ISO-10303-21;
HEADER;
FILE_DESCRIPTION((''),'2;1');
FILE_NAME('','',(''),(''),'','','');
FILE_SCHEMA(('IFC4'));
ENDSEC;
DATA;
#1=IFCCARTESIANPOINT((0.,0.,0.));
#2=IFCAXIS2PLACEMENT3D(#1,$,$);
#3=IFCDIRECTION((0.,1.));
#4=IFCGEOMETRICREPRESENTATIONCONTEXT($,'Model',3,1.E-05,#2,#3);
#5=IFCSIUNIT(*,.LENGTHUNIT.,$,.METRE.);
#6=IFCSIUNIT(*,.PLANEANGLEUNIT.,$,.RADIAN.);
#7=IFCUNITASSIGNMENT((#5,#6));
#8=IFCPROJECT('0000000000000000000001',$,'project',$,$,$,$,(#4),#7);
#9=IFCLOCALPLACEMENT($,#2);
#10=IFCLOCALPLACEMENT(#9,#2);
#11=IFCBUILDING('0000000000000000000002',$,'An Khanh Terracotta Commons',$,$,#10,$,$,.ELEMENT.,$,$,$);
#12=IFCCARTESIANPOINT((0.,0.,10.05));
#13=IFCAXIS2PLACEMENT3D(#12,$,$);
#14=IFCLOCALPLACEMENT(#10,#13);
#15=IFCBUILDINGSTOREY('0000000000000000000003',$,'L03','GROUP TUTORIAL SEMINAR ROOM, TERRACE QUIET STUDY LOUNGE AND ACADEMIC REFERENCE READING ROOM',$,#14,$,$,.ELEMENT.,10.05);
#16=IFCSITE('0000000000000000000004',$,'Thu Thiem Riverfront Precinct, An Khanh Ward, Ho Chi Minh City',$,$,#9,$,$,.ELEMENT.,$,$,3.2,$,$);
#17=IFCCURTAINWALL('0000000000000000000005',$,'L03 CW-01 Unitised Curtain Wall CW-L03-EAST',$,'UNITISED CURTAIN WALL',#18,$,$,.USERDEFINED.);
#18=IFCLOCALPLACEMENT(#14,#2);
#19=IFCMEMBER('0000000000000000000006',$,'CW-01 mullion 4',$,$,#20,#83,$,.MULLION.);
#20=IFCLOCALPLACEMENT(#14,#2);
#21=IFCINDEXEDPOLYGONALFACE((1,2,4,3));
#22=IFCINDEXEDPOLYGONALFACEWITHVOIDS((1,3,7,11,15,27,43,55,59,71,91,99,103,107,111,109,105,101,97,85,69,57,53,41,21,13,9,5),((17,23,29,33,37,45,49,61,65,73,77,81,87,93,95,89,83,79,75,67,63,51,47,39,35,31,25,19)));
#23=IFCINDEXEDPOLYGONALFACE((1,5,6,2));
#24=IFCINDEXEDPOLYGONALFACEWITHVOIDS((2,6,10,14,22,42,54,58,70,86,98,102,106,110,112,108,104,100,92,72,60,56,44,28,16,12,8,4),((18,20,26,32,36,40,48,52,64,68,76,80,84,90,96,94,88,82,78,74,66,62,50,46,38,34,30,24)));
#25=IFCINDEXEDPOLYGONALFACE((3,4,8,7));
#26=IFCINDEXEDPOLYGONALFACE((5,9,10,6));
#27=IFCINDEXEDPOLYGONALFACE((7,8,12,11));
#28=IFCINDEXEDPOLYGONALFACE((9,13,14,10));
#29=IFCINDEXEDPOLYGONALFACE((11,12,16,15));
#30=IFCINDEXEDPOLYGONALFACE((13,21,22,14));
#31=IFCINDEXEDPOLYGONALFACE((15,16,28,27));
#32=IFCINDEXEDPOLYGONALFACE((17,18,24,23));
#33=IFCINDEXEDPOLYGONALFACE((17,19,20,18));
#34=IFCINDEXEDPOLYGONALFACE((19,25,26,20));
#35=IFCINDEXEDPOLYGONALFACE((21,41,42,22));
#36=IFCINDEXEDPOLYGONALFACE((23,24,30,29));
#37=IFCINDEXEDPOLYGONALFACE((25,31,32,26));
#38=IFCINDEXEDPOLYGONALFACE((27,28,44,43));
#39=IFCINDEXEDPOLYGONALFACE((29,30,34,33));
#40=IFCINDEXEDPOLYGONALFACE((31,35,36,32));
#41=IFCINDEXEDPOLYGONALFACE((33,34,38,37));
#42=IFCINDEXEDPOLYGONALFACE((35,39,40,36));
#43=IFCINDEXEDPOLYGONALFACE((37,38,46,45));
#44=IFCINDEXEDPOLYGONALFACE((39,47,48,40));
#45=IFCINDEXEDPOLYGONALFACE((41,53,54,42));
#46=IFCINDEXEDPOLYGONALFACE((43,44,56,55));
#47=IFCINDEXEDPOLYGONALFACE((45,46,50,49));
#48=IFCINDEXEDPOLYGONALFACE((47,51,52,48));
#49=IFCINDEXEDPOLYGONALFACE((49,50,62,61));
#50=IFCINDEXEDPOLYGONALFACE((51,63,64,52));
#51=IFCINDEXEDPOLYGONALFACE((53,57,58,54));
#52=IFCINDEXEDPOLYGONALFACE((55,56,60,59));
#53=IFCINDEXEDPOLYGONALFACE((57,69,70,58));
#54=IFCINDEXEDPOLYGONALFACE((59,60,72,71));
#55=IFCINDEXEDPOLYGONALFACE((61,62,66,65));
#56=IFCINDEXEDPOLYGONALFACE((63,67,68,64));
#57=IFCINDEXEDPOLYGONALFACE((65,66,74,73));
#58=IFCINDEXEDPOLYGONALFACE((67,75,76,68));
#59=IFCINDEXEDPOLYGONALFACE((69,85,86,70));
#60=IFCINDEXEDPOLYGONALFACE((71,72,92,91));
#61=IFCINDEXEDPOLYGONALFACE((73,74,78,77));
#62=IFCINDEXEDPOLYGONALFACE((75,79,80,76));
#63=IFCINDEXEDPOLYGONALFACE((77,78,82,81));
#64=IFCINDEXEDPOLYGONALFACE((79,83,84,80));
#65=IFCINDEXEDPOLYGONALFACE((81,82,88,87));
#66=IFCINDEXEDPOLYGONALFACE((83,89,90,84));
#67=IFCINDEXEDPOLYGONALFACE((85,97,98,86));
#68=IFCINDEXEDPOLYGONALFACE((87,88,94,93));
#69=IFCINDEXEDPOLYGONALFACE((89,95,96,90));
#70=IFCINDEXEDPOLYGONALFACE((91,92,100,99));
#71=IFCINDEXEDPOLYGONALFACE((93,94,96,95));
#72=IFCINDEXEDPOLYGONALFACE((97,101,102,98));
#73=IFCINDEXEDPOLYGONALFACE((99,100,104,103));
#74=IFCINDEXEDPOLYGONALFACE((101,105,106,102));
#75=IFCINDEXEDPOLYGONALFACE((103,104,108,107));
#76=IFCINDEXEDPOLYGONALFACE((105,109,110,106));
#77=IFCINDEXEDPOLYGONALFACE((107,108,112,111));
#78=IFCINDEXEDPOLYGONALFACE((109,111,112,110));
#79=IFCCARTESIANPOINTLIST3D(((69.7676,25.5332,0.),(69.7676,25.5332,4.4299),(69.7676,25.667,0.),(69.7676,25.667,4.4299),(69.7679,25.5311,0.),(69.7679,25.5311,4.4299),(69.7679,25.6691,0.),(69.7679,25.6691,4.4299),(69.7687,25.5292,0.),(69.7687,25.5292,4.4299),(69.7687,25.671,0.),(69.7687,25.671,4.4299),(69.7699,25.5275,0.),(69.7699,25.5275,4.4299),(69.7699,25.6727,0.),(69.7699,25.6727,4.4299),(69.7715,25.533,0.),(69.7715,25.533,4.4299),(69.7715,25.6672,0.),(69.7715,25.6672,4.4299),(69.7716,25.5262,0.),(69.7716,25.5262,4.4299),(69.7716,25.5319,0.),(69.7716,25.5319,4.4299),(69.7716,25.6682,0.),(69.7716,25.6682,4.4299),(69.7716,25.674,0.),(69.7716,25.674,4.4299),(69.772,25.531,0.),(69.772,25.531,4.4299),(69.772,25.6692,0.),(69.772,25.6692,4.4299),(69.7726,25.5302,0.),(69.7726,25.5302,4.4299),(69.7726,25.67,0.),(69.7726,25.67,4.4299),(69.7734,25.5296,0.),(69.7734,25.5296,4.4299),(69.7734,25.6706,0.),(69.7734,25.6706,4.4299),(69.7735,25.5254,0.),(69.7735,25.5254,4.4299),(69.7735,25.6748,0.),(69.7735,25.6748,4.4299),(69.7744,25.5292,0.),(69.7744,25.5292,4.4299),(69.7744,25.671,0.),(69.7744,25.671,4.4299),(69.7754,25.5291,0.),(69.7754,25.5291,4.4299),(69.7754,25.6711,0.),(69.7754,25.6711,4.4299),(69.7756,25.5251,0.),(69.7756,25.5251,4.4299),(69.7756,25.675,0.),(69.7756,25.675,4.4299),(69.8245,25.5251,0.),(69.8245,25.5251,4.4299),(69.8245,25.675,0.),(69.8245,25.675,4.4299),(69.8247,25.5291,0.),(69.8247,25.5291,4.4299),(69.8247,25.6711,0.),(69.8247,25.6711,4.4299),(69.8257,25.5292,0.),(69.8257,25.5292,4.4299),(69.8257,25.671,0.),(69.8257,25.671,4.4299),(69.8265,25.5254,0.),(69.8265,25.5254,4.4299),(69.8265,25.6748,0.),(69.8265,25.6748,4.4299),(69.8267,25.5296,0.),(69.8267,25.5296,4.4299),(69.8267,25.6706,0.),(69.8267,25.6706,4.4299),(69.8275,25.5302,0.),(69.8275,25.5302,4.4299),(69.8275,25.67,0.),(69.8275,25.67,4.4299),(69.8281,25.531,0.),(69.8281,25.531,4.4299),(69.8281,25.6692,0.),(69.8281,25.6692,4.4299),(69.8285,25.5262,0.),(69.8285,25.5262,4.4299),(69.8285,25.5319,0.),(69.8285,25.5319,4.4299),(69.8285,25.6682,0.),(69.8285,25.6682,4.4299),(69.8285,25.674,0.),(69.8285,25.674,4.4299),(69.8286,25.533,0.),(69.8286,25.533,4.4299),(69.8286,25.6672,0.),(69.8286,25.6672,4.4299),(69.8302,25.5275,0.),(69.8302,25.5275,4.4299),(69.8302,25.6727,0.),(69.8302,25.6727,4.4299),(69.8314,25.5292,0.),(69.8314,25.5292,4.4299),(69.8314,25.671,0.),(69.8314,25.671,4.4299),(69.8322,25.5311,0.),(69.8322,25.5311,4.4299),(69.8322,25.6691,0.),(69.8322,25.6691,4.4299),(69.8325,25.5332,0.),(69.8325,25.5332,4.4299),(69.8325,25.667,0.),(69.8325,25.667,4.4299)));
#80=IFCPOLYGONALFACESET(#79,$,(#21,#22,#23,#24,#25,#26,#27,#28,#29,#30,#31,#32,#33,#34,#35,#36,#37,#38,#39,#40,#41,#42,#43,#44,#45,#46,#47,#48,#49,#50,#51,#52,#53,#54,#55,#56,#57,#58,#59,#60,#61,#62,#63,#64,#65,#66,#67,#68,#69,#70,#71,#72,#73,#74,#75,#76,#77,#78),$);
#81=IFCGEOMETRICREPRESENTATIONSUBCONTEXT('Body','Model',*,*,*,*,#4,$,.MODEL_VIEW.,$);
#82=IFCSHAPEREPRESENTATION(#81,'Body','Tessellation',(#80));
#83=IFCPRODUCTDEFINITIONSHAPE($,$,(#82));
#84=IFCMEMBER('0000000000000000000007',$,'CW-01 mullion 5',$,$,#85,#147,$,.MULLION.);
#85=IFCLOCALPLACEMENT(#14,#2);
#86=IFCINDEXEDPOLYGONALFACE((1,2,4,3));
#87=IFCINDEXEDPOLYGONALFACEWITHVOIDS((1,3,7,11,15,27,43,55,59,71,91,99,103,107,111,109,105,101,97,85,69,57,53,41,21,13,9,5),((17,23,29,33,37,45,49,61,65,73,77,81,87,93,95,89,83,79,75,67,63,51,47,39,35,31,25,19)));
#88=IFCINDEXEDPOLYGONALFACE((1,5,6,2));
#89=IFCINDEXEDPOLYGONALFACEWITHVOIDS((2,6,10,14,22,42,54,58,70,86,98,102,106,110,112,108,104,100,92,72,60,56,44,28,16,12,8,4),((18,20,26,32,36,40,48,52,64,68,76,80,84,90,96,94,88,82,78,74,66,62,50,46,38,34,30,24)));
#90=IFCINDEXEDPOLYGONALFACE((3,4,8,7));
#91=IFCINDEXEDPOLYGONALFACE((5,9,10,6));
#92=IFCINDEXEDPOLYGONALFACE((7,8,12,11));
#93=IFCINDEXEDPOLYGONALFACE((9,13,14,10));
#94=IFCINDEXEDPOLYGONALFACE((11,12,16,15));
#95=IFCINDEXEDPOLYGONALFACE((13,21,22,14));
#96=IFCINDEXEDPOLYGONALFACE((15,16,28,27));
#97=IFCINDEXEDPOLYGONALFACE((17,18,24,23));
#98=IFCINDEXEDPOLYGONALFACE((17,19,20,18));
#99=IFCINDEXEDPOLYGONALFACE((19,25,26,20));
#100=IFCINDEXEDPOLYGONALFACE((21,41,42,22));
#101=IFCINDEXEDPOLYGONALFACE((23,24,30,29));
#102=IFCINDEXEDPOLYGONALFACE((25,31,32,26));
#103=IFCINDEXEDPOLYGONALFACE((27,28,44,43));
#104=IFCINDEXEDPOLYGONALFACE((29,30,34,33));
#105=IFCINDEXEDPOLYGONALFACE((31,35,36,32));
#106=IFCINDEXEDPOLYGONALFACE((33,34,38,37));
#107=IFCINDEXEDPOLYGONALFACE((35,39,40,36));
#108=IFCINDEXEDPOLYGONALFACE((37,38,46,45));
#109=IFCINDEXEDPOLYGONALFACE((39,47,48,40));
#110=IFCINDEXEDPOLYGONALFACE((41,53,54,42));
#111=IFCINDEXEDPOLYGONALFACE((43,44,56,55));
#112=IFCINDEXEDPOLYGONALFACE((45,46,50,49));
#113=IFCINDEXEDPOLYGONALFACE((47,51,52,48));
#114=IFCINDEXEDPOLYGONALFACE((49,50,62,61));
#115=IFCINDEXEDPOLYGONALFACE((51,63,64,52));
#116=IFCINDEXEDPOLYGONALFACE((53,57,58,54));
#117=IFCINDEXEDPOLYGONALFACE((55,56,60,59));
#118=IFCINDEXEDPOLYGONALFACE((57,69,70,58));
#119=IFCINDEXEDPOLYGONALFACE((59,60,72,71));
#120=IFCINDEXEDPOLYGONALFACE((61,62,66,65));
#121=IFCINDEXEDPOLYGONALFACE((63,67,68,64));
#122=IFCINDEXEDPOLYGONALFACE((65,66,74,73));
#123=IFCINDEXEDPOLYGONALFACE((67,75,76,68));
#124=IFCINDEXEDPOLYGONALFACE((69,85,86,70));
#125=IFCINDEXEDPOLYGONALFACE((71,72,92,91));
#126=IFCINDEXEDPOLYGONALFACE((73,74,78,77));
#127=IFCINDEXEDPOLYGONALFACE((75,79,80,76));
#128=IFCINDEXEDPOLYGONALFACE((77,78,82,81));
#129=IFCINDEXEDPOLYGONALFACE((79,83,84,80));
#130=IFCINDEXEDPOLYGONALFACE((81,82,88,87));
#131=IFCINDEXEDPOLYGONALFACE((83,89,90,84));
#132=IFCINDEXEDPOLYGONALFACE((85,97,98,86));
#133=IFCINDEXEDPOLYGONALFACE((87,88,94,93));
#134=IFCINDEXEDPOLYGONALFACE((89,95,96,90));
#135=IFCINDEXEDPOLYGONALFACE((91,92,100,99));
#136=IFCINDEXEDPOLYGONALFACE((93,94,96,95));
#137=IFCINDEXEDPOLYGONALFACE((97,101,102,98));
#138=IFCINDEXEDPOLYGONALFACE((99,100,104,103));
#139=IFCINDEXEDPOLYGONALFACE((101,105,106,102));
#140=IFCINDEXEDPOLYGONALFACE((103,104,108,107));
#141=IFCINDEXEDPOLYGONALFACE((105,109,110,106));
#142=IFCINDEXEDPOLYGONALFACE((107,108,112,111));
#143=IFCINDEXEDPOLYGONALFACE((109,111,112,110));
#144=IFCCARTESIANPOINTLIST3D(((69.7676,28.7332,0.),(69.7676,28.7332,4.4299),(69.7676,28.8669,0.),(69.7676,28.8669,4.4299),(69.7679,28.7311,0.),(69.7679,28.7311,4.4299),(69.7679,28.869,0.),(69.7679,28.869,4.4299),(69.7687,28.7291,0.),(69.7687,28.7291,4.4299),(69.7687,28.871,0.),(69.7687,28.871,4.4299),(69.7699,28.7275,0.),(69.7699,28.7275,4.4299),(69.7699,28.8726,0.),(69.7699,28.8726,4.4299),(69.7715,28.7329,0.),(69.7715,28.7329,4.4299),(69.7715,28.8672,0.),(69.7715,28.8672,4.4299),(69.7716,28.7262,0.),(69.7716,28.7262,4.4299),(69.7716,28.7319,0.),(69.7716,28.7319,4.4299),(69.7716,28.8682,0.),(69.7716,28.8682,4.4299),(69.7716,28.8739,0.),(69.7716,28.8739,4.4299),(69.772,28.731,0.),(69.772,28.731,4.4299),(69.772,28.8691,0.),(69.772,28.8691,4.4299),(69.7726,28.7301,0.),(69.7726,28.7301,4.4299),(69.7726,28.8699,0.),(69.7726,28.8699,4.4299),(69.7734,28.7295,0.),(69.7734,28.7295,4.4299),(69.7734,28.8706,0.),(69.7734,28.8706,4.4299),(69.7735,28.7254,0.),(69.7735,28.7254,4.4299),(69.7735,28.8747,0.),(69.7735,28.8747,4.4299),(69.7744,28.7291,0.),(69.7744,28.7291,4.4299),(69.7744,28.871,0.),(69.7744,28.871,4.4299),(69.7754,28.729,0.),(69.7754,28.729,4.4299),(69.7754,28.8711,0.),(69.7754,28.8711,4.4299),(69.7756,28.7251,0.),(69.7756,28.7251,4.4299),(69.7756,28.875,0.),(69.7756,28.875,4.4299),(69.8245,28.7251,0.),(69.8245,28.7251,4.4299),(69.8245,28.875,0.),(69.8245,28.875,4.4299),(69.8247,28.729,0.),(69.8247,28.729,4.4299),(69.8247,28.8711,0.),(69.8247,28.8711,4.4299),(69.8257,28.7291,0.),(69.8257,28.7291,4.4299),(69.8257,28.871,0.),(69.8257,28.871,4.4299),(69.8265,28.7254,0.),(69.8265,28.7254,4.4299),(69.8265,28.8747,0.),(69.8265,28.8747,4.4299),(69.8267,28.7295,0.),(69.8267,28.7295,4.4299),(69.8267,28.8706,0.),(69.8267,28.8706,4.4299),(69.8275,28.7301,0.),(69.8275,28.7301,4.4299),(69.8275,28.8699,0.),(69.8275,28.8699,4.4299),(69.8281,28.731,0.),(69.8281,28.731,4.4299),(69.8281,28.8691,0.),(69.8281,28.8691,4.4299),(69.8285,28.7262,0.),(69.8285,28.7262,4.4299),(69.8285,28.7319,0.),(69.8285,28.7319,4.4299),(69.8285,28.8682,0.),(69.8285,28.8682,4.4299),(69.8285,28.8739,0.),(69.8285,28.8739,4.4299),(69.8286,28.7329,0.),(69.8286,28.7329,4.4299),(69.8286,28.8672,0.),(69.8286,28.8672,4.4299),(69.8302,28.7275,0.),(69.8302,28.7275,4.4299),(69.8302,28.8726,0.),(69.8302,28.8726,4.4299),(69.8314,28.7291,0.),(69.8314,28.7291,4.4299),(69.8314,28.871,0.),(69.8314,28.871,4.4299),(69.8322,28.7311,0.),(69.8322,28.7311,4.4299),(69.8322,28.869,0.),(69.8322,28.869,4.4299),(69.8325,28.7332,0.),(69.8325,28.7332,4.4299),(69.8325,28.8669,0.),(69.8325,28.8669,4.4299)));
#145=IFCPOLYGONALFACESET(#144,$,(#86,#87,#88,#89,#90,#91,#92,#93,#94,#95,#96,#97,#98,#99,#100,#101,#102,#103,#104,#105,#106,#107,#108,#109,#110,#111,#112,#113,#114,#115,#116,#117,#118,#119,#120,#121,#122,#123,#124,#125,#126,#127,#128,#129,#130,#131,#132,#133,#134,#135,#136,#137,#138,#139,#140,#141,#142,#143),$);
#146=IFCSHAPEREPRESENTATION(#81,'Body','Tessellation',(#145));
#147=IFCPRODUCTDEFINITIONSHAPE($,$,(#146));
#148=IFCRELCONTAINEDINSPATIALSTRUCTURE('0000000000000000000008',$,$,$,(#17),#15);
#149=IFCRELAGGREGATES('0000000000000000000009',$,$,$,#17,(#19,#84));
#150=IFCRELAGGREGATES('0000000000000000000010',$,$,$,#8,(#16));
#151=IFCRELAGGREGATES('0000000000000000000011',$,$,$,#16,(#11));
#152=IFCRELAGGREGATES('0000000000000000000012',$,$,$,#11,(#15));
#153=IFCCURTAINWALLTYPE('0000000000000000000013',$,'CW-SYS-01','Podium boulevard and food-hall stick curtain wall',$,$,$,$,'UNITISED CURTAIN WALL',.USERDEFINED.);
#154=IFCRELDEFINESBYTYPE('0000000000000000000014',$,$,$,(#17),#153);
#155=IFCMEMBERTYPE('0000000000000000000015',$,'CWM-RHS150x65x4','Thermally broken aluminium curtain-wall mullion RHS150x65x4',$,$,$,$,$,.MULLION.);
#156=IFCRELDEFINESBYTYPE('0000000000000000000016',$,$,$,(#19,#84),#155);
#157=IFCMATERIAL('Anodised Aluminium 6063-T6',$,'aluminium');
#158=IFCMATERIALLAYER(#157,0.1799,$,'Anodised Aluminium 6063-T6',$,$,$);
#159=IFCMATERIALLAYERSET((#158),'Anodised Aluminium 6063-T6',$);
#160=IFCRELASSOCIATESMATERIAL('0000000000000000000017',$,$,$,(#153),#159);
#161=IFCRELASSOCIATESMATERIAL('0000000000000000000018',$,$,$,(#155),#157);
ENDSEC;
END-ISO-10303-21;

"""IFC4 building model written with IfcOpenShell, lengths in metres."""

from ifc_helpers import new_model, si_unit, direction, frame, origin, origin_2d, place, context, subcontext, project, spatial, hollow_rectangle, extrude, material, layer, layer_set, material_profile, profile_set, type_object, element, aggregate, save


model = new_model("IFC4")

# Units and contexts
model_context = context("Model", 3, precision=1e-05, world=origin(), true_north=direction((0.0, 1.0)))
body_context = subcontext(model_context, "Body", "Model", "MODEL_VIEW")
ifc_project = project(units=[si_unit("LENGTHUNIT", "METRE"), si_unit("PLANEANGLEUNIT", "RADIAN")], contexts=[model_context])

# Site, building, storey
site_placement = place(None, origin())
site = spatial("IfcSite", under=ifc_project, at=site_placement, Name="Thu Thiem Riverfront Precinct, An Khanh Ward, Ho Chi Minh City", CompositionType="ELEMENT", RefElevation=3.2)
building_placement = place(site_placement, origin())
building = spatial("IfcBuilding", under=site, at=building_placement, Name="An Khanh Terracotta Commons", CompositionType="ELEMENT")
storey_placement = place(building_placement, frame((0.0, 0.0, 10.05)))
storey = spatial("IfcBuildingStorey", under=building, at=storey_placement, Name="L03", Description="GROUP TUTORIAL SEMINAR ROOM, TERRACE QUIET STUDY LOUNGE AND ACADEMIC REFERENCE READING ROOM", CompositionType="ELEMENT", Elevation=10.05)

# Curtain wall, members
ifc_material_1 = material(Name="Anodised Aluminium 6063-T6", Category="aluminium")
ifc_layer_1 = layer(ifc_material_1, 0.1799, Name="Anodised Aluminium 6063-T6")
ifc_layer_set_1 = layer_set([ifc_layer_1], Name="Anodised Aluminium 6063-T6")
curtain_wall_type = type_object("IfcCurtainWallType", Name="CW-SYS-01", Description="Podium boulevard and food-hall stick curtain wall", ElementType="UNITISED CURTAIN WALL", PredefinedType="USERDEFINED", material=ifc_layer_set_1)
curtain_wall_placement = place(storey_placement, origin())
curtain_wall = element("IfcCurtainWall", 1, at=curtain_wall_placement, inside=storey, type_object=curtain_wall_type, Name="L03 CW-01 Unitised Curtain Wall CW-L03-EAST", ObjectType="UNITISED CURTAIN WALL", PredefinedType="USERDEFINED")
ifc_material_profile_1 = material_profile(ifc_material_1, hollow_rectangle(XDim=0.0649, YDim=0.1499, WallThickness=0.0039, InnerFilletRadius=0.0039, OuterFilletRadius=0.0081, at=origin_2d()), Name="RHS150x65x4")
ifc_profile_set_1 = profile_set([ifc_material_profile_1], Name="Anodised Aluminium 6063-T6")
member_type_1 = type_object("IfcMemberType", Name="CWM-RHS150x65x4", Description="Thermally broken aluminium curtain-wall mullion RHS150x65x4", PredefinedType="MULLION", material=ifc_profile_set_1)
member_1_placement = place(storey_placement, frame((69.8, 25.6001, 0.0), z_axis=(0.0, 0.0, 1.0), x_axis=(-1.0, 0.0, 0.0)))
member_1 = element("IfcMember", 2, at=member_1_placement, type_object=member_type_1, Name="CW-01 mullion 4", PredefinedType="MULLION", context=body_context, shape_type="SweptSolid", body=[
    extrude(hollow_rectangle(XDim=0.0649, YDim=0.1499, WallThickness=0.0039, InnerFilletRadius=0.0039, OuterFilletRadius=0.0081, at=origin_2d()), origin(), (0.0, 0.0, 1.0), 4.4299),
])
member_2_placement = place(storey_placement, frame((69.8, 28.8, 0.0), z_axis=(0.0, 0.0, 1.0), x_axis=(-1.0, 0.0, 0.0)))
member_2 = element("IfcMember", 3, at=member_2_placement, type_object=member_type_1, Name="CW-01 mullion 5", PredefinedType="MULLION", context=body_context, shape_type="SweptSolid", body=[
    extrude(hollow_rectangle(XDim=0.0649, YDim=0.1499, WallThickness=0.0039, InnerFilletRadius=0.0039, OuterFilletRadius=0.0081, at=origin_2d()), origin(), (0.0, 0.0, 1.0), 4.4299),
])
aggregate(curtain_wall, [member_1, member_2])

save(model, "model.ifc")
